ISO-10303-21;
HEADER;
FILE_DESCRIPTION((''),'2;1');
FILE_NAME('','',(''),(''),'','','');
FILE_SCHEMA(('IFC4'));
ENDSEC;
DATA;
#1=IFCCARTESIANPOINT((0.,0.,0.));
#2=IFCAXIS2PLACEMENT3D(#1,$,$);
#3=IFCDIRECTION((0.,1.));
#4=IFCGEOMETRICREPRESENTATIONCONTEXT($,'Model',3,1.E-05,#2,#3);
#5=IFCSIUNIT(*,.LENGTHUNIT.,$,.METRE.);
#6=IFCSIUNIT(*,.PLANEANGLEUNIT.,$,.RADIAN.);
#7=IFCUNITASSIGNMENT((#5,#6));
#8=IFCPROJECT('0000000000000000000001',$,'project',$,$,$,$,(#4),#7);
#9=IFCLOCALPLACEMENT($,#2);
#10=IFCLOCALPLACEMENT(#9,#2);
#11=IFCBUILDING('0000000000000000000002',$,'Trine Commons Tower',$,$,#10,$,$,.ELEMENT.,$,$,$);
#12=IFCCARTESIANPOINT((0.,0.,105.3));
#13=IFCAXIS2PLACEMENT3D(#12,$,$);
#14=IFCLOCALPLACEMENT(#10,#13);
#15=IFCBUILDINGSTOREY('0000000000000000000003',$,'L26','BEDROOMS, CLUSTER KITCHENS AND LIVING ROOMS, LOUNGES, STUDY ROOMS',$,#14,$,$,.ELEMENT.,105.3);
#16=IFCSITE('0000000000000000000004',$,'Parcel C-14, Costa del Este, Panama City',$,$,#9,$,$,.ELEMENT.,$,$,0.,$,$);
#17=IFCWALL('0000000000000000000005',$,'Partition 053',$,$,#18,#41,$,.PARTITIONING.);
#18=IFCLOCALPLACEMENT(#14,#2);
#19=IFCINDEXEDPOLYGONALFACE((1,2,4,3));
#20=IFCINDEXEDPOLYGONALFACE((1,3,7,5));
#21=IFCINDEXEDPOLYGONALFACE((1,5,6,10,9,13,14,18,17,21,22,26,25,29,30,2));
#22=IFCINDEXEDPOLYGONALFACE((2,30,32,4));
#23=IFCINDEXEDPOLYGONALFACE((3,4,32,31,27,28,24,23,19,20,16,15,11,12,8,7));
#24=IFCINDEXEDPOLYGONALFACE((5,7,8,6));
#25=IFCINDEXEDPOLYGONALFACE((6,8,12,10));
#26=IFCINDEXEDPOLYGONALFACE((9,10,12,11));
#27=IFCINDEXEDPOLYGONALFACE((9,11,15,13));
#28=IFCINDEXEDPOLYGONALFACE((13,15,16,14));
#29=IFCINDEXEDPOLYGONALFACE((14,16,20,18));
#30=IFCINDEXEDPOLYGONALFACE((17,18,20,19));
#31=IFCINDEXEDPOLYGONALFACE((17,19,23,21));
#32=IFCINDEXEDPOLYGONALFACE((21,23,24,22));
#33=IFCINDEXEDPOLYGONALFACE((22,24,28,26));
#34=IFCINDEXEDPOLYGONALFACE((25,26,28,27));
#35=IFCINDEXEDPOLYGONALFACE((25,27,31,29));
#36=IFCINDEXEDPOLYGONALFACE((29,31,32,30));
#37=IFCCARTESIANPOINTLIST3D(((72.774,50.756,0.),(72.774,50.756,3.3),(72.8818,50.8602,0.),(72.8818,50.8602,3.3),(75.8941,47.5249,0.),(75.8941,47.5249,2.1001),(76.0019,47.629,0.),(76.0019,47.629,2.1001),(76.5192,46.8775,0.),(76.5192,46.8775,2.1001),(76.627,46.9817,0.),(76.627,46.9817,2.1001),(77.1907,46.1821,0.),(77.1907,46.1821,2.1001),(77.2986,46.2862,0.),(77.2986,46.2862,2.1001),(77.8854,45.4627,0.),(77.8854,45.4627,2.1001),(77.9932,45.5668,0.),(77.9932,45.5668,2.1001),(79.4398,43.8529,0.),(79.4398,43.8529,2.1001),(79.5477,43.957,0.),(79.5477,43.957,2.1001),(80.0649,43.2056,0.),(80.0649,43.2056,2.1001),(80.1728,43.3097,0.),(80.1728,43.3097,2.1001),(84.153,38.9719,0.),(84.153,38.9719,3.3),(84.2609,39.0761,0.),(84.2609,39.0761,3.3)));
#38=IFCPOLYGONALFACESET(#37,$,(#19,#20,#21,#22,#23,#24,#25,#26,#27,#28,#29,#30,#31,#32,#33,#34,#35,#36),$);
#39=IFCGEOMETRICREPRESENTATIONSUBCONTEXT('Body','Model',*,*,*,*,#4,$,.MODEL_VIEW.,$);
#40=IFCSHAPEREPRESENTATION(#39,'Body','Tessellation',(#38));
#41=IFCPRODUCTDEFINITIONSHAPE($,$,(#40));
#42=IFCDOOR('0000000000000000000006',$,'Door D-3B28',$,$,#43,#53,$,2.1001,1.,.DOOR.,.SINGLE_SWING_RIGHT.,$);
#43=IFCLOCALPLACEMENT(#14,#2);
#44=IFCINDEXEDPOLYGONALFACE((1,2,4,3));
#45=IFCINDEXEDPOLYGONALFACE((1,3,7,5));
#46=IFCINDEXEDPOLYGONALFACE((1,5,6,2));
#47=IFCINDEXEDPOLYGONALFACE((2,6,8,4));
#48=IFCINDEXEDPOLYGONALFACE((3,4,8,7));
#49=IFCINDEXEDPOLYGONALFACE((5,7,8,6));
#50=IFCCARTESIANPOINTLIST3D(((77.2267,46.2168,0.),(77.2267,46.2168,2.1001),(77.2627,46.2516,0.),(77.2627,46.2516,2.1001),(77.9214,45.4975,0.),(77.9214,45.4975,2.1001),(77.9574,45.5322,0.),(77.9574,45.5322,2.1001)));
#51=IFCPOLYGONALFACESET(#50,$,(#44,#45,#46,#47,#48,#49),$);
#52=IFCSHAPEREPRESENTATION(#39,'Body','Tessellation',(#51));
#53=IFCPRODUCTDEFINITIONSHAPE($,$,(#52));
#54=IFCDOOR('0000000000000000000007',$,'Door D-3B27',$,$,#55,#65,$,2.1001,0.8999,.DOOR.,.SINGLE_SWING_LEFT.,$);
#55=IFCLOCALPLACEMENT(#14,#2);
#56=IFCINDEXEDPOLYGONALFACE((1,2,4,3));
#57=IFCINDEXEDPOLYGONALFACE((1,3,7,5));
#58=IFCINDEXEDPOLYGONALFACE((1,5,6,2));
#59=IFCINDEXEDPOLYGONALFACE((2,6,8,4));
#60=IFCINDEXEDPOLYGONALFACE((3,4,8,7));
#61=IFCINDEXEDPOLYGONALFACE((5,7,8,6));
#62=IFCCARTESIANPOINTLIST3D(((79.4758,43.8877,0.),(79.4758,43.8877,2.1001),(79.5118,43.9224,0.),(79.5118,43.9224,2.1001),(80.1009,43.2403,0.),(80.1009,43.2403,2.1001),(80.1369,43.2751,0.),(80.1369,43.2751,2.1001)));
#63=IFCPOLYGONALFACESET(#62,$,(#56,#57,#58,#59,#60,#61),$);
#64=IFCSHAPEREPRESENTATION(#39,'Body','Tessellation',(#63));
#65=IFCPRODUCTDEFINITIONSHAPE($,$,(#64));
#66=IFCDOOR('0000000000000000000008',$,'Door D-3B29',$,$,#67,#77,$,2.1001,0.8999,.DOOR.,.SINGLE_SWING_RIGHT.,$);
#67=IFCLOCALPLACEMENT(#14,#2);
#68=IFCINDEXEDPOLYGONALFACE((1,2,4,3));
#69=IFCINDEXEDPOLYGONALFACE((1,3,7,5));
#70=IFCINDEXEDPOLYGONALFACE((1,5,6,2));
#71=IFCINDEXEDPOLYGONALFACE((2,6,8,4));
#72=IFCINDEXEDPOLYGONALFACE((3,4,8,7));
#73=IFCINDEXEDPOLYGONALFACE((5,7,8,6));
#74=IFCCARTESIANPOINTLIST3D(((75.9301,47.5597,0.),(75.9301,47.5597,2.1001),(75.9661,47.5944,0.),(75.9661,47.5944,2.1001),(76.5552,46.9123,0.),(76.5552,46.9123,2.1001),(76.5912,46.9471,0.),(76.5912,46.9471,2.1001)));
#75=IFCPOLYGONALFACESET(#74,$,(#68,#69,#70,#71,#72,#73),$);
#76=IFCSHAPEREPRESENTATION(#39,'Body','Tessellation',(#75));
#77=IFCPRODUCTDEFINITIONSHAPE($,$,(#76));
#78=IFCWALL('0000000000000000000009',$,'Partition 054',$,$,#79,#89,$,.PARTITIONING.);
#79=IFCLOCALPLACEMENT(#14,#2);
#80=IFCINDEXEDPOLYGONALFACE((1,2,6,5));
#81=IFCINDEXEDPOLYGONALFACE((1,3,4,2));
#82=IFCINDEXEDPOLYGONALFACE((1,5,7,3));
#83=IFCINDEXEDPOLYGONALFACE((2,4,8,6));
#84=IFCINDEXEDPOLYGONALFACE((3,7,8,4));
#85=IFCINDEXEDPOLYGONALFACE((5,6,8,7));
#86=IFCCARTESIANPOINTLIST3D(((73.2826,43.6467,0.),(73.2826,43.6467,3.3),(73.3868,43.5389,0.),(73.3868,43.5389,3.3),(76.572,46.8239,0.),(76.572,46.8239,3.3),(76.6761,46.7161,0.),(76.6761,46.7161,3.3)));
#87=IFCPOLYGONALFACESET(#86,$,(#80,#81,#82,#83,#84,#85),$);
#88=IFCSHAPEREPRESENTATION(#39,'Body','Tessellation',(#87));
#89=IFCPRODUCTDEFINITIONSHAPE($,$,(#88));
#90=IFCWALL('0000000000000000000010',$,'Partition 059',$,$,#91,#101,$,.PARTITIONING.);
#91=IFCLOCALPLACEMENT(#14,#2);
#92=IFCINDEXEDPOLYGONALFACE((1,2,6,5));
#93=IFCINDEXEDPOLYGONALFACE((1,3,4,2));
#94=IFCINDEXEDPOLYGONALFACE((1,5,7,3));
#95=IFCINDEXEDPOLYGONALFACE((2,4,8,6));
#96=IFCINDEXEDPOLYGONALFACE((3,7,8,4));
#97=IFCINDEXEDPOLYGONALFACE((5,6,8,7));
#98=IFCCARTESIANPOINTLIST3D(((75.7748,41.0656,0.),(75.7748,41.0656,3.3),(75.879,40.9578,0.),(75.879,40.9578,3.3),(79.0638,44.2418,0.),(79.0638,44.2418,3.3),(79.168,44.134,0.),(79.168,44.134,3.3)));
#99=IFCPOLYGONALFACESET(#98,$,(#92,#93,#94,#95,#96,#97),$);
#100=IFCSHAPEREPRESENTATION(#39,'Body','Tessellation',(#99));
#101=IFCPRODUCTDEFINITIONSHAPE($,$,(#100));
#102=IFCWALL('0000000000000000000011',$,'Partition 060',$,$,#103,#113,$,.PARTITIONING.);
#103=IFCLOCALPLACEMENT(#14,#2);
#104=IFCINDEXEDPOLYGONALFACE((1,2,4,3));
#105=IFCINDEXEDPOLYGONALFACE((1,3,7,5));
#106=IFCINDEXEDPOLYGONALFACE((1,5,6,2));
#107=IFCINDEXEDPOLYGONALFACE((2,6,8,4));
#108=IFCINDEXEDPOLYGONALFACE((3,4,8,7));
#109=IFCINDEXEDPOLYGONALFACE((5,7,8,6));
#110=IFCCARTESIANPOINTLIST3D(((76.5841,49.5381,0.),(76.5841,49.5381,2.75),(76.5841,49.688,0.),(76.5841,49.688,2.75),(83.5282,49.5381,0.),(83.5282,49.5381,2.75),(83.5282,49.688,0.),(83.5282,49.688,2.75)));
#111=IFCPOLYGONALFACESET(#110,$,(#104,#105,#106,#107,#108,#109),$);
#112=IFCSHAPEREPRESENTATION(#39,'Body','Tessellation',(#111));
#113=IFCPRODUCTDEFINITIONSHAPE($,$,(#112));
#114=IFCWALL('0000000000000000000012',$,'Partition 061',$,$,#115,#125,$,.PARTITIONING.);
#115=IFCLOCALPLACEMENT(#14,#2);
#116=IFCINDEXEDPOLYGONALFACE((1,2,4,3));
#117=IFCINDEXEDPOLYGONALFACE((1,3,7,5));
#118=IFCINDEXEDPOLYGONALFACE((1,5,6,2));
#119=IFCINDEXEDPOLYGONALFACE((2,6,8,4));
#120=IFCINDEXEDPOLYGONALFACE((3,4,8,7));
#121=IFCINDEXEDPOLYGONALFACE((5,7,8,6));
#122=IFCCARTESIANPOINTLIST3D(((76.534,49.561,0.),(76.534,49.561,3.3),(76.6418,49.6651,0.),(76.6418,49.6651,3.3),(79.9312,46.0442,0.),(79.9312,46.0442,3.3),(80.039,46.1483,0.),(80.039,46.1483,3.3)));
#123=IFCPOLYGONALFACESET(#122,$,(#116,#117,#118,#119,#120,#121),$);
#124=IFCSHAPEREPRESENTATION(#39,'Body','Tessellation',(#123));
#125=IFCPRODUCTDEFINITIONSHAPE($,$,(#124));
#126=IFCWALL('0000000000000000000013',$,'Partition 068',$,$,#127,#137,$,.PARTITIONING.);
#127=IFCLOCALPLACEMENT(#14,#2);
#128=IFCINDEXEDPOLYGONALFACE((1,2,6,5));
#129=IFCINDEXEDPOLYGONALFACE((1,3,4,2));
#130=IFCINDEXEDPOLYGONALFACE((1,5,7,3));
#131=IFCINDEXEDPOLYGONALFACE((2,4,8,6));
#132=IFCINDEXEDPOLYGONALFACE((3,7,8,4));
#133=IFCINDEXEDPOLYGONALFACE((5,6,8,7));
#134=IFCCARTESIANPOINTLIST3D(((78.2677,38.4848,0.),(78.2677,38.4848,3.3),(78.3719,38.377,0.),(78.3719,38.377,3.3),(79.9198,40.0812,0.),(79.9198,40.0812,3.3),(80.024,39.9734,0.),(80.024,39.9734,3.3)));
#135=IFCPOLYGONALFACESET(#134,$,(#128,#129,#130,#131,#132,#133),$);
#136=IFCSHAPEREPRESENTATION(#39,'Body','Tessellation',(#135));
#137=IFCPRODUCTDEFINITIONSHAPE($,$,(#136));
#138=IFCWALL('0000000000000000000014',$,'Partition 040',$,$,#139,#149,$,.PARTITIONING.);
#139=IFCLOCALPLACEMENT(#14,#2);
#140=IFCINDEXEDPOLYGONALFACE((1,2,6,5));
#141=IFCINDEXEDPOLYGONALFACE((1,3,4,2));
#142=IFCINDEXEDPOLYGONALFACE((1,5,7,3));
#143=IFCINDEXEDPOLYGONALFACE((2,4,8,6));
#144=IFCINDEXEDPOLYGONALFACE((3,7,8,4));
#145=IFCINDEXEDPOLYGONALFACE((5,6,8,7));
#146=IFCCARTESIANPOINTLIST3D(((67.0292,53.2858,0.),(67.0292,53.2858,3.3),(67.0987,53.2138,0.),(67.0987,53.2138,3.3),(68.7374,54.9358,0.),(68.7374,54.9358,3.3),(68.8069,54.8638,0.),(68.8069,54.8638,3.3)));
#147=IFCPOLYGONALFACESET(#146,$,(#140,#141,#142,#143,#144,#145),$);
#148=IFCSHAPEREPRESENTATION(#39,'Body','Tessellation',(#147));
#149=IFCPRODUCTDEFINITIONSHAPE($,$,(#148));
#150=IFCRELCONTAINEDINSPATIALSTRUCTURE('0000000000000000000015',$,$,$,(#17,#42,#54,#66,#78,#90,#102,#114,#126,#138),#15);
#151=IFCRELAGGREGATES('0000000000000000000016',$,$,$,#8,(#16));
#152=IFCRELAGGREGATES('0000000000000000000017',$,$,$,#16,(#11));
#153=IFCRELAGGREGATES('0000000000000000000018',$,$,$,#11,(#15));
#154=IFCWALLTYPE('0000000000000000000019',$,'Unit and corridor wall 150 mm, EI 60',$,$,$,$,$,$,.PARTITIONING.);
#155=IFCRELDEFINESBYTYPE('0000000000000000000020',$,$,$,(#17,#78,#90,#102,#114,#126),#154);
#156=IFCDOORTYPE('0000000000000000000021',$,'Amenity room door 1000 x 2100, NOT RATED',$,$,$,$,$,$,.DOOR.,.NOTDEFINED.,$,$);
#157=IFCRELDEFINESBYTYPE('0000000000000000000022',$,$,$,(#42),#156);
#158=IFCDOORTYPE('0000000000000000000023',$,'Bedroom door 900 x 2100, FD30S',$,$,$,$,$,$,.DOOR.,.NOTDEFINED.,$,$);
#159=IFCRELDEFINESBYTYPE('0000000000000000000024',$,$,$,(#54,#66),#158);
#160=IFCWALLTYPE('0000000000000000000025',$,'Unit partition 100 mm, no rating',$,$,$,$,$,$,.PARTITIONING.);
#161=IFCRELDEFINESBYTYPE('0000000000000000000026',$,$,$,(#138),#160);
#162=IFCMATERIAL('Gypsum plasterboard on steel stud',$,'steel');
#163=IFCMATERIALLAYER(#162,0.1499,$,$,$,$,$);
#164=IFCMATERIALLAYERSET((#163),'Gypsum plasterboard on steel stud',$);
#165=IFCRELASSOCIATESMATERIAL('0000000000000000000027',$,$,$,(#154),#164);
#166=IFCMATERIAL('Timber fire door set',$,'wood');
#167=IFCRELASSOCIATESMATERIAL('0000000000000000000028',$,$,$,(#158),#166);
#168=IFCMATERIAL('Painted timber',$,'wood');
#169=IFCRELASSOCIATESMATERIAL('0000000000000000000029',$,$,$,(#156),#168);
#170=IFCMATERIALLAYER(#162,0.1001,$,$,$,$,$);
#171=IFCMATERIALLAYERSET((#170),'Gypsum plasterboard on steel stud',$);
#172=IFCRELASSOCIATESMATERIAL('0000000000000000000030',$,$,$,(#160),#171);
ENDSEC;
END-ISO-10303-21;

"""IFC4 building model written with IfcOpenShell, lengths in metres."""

from ifc_helpers import new_model, si_unit, direction, frame, frame_2d, origin, place, context, subcontext, project, spatial, rectangle, extrude, material, layer, layer_set, type_object, element, fill, save


model = new_model("IFC4")

# Units and contexts
model_context = context("Model", 3, precision=1e-05, world=origin(), true_north=direction((0.0, 1.0)))
body_context = subcontext(model_context, "Body", "Model", "MODEL_VIEW")
ifc_project = project(units=[si_unit("LENGTHUNIT", "METRE"), si_unit("PLANEANGLEUNIT", "RADIAN")], contexts=[model_context])

# Site, building, storey
site_placement = place(None, origin())
site = spatial("IfcSite", under=ifc_project, at=site_placement, Name="Parcel C-14, Costa del Este, Panama City", CompositionType="ELEMENT", RefElevation=0.0)
building_placement = place(site_placement, origin())
building = spatial("IfcBuilding", under=site, at=building_placement, Name="Trine Commons Tower", CompositionType="ELEMENT")
storey_placement = place(building_placement, frame((0.0, 0.0, 105.3)))
storey = spatial("IfcBuildingStorey", under=building, at=storey_placement, Name="L26", Description="BEDROOMS, CLUSTER KITCHENS AND LIVING ROOMS, LOUNGES, STUDY ROOMS", CompositionType="ELEMENT", Elevation=105.3)

# Shared definitions
ifc_material_1 = material(Name="Gypsum plasterboard on steel stud", Category="steel")
ifc_layer_1 = layer(ifc_material_1, 0.1499)
ifc_layer_set_1 = layer_set([ifc_layer_1], Name="Gypsum plasterboard on steel stud")
wall_type_1 = type_object("IfcWallType", Name="Unit and corridor wall 150 mm, EI 60", PredefinedType="PARTITIONING", material=ifc_layer_set_1)

# Shared definitions
ifc_material_2 = material(Name="Timber fire door set", Category="wood")
door_type_1 = type_object("IfcDoorType", Name="Bedroom door 900 x 2100, FD30S", OperationType="NOTDEFINED", PredefinedType="DOOR", material=ifc_material_2)

# Wall, openings, doors
wall_1_placement = place(storey_placement, frame((72.8279, 50.8081, 0.0), z_axis=(0.0, 0.0, 1.0), x_axis=(0.694636, -0.719361, 0.0)))
wall_1 = element("IfcWall", 1, at=wall_1_placement, inside=storey, type_object=wall_type_1, Name="Partition 053", PredefinedType="PARTITIONING", context=body_context, shape_type="SweptSolid", body=[
    extrude(rectangle(XDim=16.3813, YDim=0.1499, at=frame_2d((8.1907, 0.0))), origin(), (0.0, 0.0, 1.0), 3.3),
])
opening_1_placement = place(wall_1_placement, frame((9.5962, 0.0, 0.0)))
opening_1 = element("IfcOpeningElement", 2, at=opening_1_placement, cuts=wall_1, PredefinedType="OPENING", context=body_context, shape_type="SweptSolid", body=[
    extrude(rectangle(XDim=0.8999, YDim=2.1001, at=frame_2d((0.45, 1.05))), frame((0.0, 0.085, 0.0), z_axis=(0.0, -1.0, 0.0), x_axis=(1.0, 0.0, 0.0)), (0.0, 0.0, 1.0), 0.1699),
])
opening_2_placement = place(wall_1_placement, frame((6.3584, 0.0, 0.0)))
opening_2 = element("IfcOpeningElement", 3, at=opening_2_placement, cuts=wall_1, PredefinedType="OPENING", context=body_context, shape_type="SweptSolid", body=[
    extrude(rectangle(XDim=1.0, YDim=2.1001, at=frame_2d((0.5, 1.05))), frame((0.0, 0.085, 0.0), z_axis=(0.0, -1.0, 0.0), x_axis=(1.0, 0.0, 0.0)), (0.0, 0.0, 1.0), 0.1699),
])
opening_3_placement = place(wall_1_placement, frame((4.4917, 0.0, 0.0)))
opening_3 = element("IfcOpeningElement", 4, at=opening_3_placement, cuts=wall_1, PredefinedType="OPENING", context=body_context, shape_type="SweptSolid", body=[
    extrude(rectangle(XDim=0.8999, YDim=2.1001, at=frame_2d((0.45, 1.05))), frame((0.0, 0.085, 0.0), z_axis=(0.0, -1.0, 0.0), x_axis=(1.0, 0.0, 0.0)), (0.0, 0.0, 1.0), 0.1699),
])
ifc_material_3 = material(Name="Painted timber", Category="wood")
door_type_2 = type_object("IfcDoorType", Name="Amenity room door 1000 x 2100, NOT RATED", OperationType="NOTDEFINED", PredefinedType="DOOR", material=ifc_material_3)
door_1_placement = place(opening_2_placement, frame((1.0, 0.0, 0.0), z_axis=(0.0, 0.0, 1.0), x_axis=(-1.0, 0.0, 0.0)))
door_1 = element("IfcDoor", 5, at=door_1_placement, inside=storey, type_object=door_type_2, Name="Door D-3B28", OperationType="SINGLE_SWING_RIGHT", OverallHeight=2.1001, OverallWidth=1.0, PredefinedType="DOOR", context=body_context, shape_type="SweptSolid", body=[
    extrude(rectangle(XDim=1.0, YDim=2.1001, at=frame_2d((0.5, 1.05))), frame((0.0, 0.0249, 0.0), z_axis=(0.0, -1.0, 0.0), x_axis=(1.0, 0.0, 0.0)), (0.0, 0.0, 1.0), 0.05),
])
fill(opening_2, door_1)
door_2_placement = place(opening_1_placement, frame((0.8999, 0.0, 0.0), z_axis=(0.0, 0.0, 1.0), x_axis=(-1.0, 0.0, 0.0)))
door_2 = element("IfcDoor", 6, at=door_2_placement, inside=storey, type_object=door_type_1, Name="Door D-3B27", OperationType="SINGLE_SWING_LEFT", OverallHeight=2.1001, OverallWidth=0.8999, PredefinedType="DOOR", context=body_context, shape_type="SweptSolid", body=[
    extrude(rectangle(XDim=0.8999, YDim=2.1001, at=frame_2d((0.45, 1.05))), frame((0.0, 0.0249, 0.0), z_axis=(0.0, -1.0, 0.0), x_axis=(1.0, 0.0, 0.0)), (0.0, 0.0, 1.0), 0.05),
])
fill(opening_1, door_2)
door_3_placement = place(opening_3_placement, frame((0.8999, 0.0, 0.0), z_axis=(0.0, 0.0, 1.0), x_axis=(-1.0, 0.0, 0.0)))
door_3 = element("IfcDoor", 7, at=door_3_placement, inside=storey, type_object=door_type_1, Name="Door D-3B29", OperationType="SINGLE_SWING_RIGHT", OverallHeight=2.1001, OverallWidth=0.8999, PredefinedType="DOOR", context=body_context, shape_type="SweptSolid", body=[
    extrude(rectangle(XDim=0.8999, YDim=2.1001, at=frame_2d((0.45, 1.05))), frame((0.0, 0.0249, 0.0), z_axis=(0.0, -1.0, 0.0), x_axis=(1.0, 0.0, 0.0)), (0.0, 0.0, 1.0), 0.05),
])
fill(opening_3, door_3)

# Walls
wall_2_placement = place(storey_placement, frame((73.3347, 43.5928, 0.0), z_axis=(0.0, 0.0, 1.0), x_axis=(0.719252, 0.694749, 0.0)))
element("IfcWall", 8, at=wall_2_placement, inside=storey, type_object=wall_type_1, Name="Partition 054", PredefinedType="PARTITIONING", context=body_context, shape_type="SweptSolid", body=[
    extrude(rectangle(XDim=4.5732, YDim=0.1499, at=frame_2d((2.2866, 0.0))), origin(), (0.0, 0.0, 1.0), 3.3),
])
wall_3_placement = place(storey_placement, frame((75.8269, 41.0117, 0.0), z_axis=(0.0, 0.0, 1.0), x_axis=(0.719333, 0.694665, 0.0)))
element("IfcWall", 9, at=wall_3_placement, inside=storey, type_object=wall_type_1, Name="Partition 059", PredefinedType="PARTITIONING", context=body_context, shape_type="SweptSolid", body=[
    extrude(rectangle(XDim=4.5723, YDim=0.1499, at=frame_2d((2.2861, 0.0))), origin(), (0.0, 0.0, 1.0), 3.3),
])
wall_4_placement = place(storey_placement, frame((76.584, 49.613, 0.0), z_axis=(0.0, 0.0, 1.0), x_axis=(1.0, 0.0, 0.0)))
element("IfcWall", 10, at=wall_4_placement, inside=storey, type_object=wall_type_1, Name="Partition 060", PredefinedType="PARTITIONING", context=body_context, shape_type="SweptSolid", body=[
    extrude(rectangle(XDim=6.9441, YDim=0.1499, at=frame_2d((3.4722, 0.0))), origin(), (0.0, 0.0, 1.0), 2.75),
])
wall_5_placement = place(storey_placement, frame((76.5879, 49.613, 0.0), z_axis=(0.0, 0.0, 1.0), x_axis=(0.694768, -0.719234, 0.0)))
element("IfcWall", 11, at=wall_5_placement, inside=storey, type_object=wall_type_1, Name="Partition 061", PredefinedType="PARTITIONING", context=body_context, shape_type="SweptSolid", body=[
    extrude(rectangle(XDim=4.8896, YDim=0.1499, at=frame_2d((2.4448, 0.0))), origin(), (0.0, 0.0, 1.0), 3.3),
])
wall_6_placement = place(storey_placement, frame((78.3198, 38.4309, 0.0), z_axis=(0.0, 0.0, 1.0), x_axis=(0.719118, 0.694888, 0.0)))
element("IfcWall", 12, at=wall_6_placement, inside=storey, type_object=wall_type_1, Name="Partition 068", PredefinedType="PARTITIONING", context=body_context, shape_type="SweptSolid", body=[
    extrude(rectangle(XDim=2.2974, YDim=0.1499, at=frame_2d((1.1487, 0.0))), origin(), (0.0, 0.0, 1.0), 3.3),
])
ifc_layer_2 = layer(ifc_material_1, 0.1001)
ifc_layer_set_2 = layer_set([ifc_layer_2], Name="Gypsum plasterboard on steel stud")
wall_type_2 = type_object("IfcWallType", Name="Unit partition 100 mm, no rating", PredefinedType="PARTITIONING", material=ifc_layer_set_2)
wall_7_placement = place(storey_placement, frame((67.064, 53.2498, 0.0), z_axis=(0.0, 0.0, 1.0), x_axis=(0.719233, 0.694769, 0.0)))
element("IfcWall", 13, at=wall_7_placement, inside=storey, type_object=wall_type_2, Name="Partition 040", PredefinedType="PARTITIONING", context=body_context, shape_type="SweptSolid", body=[
    extrude(rectangle(XDim=2.375, YDim=0.1001, at=frame_2d((1.1875, 0.0))), origin(), (0.0, 0.0, 1.0), 3.3),
])

save(model, "model.ifc")
